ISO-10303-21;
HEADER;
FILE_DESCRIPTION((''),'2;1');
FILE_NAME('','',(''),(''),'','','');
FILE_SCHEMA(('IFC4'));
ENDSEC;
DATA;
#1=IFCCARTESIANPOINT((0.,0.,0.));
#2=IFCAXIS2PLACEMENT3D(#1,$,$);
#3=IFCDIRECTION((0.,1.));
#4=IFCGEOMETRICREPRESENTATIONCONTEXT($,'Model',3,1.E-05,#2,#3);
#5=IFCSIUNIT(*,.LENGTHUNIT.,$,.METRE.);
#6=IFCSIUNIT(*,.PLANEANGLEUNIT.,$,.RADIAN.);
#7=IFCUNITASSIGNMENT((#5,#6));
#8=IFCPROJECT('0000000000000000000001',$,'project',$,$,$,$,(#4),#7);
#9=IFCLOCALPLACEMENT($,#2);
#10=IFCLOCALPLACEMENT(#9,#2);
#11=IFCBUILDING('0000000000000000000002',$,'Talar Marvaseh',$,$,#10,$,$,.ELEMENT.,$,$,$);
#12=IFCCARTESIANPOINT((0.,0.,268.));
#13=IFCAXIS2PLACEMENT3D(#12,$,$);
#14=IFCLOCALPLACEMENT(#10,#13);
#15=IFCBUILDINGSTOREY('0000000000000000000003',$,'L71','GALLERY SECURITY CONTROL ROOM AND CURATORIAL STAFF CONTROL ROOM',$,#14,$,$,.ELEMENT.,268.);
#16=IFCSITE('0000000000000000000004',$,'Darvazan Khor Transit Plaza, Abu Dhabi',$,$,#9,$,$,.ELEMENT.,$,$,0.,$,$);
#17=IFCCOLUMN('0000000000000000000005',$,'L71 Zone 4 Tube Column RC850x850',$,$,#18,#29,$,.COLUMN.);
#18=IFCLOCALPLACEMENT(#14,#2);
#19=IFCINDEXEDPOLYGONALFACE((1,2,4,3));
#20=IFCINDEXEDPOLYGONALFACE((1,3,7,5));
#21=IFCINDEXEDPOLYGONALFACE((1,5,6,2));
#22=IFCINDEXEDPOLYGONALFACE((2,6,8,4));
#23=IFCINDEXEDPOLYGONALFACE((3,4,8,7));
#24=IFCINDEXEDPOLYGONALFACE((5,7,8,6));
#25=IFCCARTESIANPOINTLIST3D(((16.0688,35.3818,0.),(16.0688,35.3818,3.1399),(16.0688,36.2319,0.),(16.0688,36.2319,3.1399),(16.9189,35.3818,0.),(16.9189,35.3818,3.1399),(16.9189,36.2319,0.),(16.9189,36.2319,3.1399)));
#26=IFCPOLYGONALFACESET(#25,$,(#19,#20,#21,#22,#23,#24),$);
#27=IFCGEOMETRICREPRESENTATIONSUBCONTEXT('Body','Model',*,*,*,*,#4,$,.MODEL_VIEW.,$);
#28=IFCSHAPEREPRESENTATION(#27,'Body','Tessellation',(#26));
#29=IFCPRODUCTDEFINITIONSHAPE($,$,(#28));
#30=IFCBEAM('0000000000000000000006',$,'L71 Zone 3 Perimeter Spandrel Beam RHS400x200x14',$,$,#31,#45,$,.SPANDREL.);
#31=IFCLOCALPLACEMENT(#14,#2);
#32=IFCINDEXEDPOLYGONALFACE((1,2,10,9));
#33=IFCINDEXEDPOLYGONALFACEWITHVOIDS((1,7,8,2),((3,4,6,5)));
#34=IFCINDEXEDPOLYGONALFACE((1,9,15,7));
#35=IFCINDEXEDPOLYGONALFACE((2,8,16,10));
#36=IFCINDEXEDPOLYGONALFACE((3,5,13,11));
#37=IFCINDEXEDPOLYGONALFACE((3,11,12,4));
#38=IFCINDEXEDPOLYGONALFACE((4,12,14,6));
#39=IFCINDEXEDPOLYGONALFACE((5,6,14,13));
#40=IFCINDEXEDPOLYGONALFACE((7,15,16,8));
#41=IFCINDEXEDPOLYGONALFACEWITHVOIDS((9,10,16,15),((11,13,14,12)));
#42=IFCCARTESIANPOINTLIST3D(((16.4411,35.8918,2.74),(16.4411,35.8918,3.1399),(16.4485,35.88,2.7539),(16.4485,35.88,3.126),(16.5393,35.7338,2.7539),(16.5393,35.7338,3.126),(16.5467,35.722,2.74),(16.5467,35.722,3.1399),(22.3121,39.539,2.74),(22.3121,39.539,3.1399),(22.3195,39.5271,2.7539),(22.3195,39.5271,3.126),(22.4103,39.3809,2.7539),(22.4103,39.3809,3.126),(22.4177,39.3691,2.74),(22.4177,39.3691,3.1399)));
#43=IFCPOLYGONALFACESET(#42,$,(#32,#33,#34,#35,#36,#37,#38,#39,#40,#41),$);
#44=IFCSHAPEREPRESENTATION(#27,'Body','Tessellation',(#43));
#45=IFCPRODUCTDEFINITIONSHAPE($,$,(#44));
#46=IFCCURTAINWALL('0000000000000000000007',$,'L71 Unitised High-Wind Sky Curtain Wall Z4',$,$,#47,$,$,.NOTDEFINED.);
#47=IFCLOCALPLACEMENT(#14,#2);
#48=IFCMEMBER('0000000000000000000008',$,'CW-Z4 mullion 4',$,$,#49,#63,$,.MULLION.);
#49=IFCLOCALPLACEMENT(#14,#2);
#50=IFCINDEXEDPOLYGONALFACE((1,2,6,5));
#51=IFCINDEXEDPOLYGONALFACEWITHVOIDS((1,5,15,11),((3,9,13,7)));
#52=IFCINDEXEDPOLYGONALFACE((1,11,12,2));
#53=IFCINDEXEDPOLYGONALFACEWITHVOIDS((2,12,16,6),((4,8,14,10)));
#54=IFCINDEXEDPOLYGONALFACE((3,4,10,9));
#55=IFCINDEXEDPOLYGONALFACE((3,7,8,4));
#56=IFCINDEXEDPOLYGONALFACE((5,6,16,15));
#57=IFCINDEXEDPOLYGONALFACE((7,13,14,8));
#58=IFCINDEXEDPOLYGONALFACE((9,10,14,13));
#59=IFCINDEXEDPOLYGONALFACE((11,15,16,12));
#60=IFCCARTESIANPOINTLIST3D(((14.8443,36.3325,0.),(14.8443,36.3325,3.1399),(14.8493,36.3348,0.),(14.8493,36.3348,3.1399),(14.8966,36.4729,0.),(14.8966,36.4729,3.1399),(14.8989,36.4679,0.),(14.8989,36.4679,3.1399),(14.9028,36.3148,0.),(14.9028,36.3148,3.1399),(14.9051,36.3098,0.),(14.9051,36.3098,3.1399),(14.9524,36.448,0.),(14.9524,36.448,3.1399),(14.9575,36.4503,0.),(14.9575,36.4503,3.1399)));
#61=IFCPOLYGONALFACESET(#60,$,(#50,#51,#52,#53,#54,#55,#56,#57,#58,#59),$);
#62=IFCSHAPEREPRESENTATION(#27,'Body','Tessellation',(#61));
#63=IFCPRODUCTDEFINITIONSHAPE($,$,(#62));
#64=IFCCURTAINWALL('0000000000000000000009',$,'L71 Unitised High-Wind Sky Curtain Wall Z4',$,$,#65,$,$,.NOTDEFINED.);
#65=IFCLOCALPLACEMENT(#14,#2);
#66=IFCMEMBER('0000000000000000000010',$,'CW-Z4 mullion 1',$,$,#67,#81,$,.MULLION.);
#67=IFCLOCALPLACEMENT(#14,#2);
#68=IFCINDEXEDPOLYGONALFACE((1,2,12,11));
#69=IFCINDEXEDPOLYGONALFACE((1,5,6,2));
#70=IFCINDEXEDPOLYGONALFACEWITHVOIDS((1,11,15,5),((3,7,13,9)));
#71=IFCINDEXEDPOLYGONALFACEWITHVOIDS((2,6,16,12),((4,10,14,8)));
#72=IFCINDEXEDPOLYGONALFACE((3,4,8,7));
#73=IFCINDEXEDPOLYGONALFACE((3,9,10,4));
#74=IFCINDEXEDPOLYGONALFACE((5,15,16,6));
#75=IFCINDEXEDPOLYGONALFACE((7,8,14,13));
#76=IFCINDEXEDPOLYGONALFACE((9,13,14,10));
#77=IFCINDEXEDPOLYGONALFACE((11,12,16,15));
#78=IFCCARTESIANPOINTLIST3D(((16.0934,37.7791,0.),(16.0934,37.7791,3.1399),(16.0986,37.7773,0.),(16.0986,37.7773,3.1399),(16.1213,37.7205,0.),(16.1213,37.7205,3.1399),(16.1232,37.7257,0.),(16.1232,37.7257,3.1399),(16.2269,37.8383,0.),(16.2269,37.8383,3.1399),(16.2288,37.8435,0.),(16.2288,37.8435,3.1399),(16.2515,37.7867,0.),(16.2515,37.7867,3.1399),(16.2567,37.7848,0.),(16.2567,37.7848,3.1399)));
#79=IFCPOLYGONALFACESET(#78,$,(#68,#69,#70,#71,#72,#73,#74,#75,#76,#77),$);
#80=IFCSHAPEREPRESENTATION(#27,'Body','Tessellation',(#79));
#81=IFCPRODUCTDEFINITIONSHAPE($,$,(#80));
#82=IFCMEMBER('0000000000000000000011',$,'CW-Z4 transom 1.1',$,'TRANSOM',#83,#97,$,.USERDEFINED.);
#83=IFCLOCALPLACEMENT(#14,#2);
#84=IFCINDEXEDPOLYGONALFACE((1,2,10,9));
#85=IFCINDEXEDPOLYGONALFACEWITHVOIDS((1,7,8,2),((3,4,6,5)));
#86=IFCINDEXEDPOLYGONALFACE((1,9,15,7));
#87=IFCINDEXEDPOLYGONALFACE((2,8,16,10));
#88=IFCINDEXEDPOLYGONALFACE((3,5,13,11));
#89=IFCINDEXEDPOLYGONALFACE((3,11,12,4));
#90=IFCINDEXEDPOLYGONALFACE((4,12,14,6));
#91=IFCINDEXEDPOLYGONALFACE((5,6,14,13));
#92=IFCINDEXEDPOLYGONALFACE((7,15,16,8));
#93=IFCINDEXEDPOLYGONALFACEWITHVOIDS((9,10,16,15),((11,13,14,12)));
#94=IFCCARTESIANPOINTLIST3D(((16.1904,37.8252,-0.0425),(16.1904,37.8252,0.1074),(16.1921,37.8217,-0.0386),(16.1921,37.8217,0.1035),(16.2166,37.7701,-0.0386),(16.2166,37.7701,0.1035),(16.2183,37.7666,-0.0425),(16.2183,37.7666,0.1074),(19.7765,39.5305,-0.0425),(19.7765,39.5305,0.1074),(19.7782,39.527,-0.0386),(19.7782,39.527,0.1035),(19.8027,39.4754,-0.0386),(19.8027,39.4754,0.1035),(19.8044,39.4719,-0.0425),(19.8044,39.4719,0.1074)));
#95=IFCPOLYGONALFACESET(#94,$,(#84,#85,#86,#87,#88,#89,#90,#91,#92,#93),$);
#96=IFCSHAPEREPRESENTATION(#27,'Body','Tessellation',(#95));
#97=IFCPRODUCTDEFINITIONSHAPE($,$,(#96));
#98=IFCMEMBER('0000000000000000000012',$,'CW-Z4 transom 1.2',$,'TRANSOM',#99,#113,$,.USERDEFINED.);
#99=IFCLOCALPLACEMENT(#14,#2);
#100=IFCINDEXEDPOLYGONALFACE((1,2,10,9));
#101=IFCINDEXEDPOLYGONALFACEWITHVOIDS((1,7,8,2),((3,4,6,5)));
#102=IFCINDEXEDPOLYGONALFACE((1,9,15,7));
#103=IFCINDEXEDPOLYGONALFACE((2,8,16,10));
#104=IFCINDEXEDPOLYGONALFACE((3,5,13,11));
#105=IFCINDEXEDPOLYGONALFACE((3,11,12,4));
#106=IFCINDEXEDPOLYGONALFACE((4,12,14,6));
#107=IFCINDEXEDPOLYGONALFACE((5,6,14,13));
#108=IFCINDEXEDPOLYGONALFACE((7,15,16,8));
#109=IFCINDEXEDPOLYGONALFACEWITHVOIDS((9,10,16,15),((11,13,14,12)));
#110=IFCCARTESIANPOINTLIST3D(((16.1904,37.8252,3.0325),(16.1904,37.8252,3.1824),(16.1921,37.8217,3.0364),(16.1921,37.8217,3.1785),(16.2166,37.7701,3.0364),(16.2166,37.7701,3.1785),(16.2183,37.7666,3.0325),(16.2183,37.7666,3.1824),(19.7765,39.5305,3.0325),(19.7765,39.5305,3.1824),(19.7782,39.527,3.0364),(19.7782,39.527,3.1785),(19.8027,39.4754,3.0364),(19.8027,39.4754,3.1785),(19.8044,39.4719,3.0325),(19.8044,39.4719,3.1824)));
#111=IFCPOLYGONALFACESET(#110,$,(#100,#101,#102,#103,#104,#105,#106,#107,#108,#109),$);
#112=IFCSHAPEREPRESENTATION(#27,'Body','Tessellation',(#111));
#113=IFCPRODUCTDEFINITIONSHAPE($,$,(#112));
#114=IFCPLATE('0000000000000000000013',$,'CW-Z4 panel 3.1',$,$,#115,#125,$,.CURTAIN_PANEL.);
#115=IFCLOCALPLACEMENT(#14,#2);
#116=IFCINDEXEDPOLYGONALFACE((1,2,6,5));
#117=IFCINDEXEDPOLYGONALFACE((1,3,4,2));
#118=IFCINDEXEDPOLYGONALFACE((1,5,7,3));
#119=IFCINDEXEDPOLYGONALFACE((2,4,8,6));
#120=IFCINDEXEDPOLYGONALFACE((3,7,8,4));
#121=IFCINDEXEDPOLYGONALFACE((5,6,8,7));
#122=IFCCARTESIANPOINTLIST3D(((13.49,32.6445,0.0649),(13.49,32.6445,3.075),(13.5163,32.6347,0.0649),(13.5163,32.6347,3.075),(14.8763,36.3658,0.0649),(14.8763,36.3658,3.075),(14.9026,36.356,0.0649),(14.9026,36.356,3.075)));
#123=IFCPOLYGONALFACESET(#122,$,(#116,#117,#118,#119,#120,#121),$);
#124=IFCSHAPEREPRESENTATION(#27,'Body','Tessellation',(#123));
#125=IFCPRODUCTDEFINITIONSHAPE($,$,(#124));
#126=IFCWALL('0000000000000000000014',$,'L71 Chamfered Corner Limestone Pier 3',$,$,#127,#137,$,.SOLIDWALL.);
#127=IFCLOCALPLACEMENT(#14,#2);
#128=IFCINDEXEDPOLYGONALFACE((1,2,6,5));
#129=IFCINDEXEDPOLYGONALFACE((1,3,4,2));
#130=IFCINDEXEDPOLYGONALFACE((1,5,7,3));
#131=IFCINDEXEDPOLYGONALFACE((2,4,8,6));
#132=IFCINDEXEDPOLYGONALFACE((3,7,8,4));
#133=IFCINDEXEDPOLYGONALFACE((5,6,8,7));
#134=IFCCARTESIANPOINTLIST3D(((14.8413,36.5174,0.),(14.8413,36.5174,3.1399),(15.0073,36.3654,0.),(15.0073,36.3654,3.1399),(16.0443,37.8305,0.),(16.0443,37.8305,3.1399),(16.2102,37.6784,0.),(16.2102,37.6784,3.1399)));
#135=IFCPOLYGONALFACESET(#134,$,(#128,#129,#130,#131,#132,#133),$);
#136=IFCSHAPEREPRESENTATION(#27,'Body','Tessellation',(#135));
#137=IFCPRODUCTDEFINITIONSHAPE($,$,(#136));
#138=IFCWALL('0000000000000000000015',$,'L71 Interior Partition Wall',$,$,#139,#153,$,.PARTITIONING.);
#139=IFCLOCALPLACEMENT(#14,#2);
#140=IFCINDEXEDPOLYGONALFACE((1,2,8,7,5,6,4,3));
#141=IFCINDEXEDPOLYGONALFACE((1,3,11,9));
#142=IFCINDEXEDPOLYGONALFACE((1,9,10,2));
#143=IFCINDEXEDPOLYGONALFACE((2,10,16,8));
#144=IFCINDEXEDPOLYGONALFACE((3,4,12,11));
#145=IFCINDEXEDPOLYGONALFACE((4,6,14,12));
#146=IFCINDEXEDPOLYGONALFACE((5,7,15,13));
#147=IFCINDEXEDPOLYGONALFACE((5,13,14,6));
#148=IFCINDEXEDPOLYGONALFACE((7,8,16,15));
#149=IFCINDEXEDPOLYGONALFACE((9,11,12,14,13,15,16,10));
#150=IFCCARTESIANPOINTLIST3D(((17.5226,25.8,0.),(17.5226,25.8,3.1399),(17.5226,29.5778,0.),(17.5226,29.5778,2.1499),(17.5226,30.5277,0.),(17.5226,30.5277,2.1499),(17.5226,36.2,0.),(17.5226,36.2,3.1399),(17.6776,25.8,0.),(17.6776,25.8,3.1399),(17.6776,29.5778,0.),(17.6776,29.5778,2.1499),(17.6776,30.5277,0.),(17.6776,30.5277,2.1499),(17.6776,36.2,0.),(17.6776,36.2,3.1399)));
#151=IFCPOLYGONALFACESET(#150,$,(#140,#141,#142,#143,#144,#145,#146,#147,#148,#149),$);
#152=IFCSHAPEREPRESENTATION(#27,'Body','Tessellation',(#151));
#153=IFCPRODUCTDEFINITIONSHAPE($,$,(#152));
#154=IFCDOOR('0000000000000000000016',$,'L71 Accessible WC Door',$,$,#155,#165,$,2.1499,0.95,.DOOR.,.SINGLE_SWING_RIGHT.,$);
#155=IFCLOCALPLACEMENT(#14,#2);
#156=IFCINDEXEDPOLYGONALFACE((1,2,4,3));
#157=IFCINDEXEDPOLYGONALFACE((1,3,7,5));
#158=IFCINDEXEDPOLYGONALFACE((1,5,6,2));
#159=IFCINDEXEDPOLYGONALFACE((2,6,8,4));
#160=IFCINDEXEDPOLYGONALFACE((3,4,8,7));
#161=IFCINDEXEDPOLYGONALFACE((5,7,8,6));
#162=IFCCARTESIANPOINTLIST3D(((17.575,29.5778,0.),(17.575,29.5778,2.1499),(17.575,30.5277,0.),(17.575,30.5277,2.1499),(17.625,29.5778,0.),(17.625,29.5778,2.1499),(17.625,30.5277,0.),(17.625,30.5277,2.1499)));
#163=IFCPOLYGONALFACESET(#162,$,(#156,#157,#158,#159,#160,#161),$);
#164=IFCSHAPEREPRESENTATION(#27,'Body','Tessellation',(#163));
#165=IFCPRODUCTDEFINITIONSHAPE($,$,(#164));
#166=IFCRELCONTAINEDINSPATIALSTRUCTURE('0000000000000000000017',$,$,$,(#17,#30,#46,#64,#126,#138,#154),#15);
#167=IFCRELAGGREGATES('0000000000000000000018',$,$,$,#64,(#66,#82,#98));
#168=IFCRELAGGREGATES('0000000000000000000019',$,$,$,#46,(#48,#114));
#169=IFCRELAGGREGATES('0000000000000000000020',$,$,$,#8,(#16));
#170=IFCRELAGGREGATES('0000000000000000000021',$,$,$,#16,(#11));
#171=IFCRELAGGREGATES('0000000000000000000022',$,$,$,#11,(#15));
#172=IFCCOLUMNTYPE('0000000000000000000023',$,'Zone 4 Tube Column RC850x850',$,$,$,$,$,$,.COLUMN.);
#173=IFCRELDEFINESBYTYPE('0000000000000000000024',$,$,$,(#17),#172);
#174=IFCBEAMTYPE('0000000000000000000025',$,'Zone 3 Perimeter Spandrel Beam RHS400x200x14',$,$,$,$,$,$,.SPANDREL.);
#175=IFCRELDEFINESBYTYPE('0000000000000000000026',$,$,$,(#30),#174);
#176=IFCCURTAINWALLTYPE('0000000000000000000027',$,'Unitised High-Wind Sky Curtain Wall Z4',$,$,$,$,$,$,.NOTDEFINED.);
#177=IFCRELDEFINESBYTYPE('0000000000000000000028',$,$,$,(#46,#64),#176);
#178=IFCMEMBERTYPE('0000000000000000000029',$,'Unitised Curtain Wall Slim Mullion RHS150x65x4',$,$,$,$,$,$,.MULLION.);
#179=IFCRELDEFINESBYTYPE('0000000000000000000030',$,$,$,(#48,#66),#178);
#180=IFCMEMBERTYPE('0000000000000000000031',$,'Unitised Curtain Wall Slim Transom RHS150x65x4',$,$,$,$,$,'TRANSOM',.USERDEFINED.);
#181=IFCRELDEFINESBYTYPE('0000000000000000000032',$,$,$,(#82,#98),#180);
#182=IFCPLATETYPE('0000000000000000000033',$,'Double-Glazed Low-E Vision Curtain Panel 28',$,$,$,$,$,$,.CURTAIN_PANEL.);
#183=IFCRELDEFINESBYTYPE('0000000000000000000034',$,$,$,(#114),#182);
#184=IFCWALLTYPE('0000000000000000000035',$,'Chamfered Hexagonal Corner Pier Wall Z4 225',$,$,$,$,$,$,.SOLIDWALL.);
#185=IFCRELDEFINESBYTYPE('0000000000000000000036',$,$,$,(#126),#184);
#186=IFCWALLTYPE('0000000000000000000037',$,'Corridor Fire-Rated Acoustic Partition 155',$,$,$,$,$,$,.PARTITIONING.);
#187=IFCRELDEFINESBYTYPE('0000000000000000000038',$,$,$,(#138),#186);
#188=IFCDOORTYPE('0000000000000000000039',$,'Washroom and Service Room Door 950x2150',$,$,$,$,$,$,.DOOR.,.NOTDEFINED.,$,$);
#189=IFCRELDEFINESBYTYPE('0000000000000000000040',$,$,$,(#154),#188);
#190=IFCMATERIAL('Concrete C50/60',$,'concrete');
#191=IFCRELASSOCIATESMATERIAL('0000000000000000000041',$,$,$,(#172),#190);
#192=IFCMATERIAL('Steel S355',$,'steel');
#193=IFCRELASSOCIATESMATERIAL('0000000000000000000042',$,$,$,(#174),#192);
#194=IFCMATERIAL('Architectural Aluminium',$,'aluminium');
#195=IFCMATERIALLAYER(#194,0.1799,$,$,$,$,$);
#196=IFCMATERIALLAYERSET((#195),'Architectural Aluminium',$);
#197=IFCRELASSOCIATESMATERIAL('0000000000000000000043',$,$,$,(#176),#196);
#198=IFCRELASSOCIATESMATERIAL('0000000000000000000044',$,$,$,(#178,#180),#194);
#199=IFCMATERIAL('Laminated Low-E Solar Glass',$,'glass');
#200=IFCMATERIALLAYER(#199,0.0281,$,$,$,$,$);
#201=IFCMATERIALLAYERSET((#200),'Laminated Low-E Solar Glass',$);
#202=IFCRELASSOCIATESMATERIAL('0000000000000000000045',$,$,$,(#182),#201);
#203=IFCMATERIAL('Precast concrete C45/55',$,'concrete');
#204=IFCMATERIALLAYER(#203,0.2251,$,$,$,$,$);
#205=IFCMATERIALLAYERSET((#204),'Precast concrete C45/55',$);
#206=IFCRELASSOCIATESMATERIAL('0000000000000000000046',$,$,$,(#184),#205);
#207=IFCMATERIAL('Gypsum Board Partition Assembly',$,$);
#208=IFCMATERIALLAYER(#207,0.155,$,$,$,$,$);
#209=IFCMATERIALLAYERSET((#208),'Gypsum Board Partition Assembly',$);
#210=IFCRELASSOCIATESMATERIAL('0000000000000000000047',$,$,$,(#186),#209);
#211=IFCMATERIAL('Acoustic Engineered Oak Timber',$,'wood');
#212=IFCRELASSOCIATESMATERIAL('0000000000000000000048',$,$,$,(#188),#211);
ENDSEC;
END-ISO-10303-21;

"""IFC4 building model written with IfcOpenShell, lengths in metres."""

from ifc_helpers import new_model, si_unit, direction, frame, frame_2d, origin, origin_2d, place, context, subcontext, project, spatial, rectangle, hollow_rectangle, extrude, source, transform, mapped, material, layer, layer_set, material_profile, profile_set, type_object, type_shapes, element, fill, aggregate, save


model = new_model("IFC4")

# Units and contexts
model_context = context("Model", 3, precision=1e-05, world=origin(), true_north=direction((0.0, 1.0)))
body_context = subcontext(model_context, "Body", "Model", "MODEL_VIEW")
ifc_project = project(units=[si_unit("LENGTHUNIT", "METRE"), si_unit("PLANEANGLEUNIT", "RADIAN")], contexts=[model_context])

# Site, building, storey
site_placement = place(None, origin())
site = spatial("IfcSite", under=ifc_project, at=site_placement, Name="Darvazan Khor Transit Plaza, Abu Dhabi", CompositionType="ELEMENT", RefElevation=0.0)
building_placement = place(site_placement, origin())
building = spatial("IfcBuilding", under=site, at=building_placement, Name="Talar Marvaseh", CompositionType="ELEMENT")
storey_placement = place(building_placement, frame((0.0, 0.0, 268.0)))
storey = spatial("IfcBuildingStorey", under=building, at=storey_placement, Name="L71", Description="GALLERY SECURITY CONTROL ROOM AND CURATORIAL STAFF CONTROL ROOM", CompositionType="ELEMENT", Elevation=268.0)

# Column
ifc_material_1 = material(Name="Concrete C50/60", Category="concrete")
ifc_material_profile_1 = material_profile(ifc_material_1, rectangle(XDim=0.8501, YDim=0.8501, at=origin_2d()), Name="RC850x850")
ifc_profile_set_1 = profile_set([ifc_material_profile_1], Name="Concrete C50/60")
column_type = type_object("IfcColumnType", Name="Zone 4 Tube Column RC850x850", PredefinedType="COLUMN", material=ifc_profile_set_1)
column_placement = place(storey_placement, frame((16.4939, 35.8069, 0.0), z_axis=(0.0, 0.0, 1.0), x_axis=(1.0, 0.0, 0.0)))
element("IfcColumn", 1, at=column_placement, inside=storey, type_object=column_type, Name="L71 Zone 4 Tube Column RC850x850", PredefinedType="COLUMN", context=body_context, shape_type="SweptSolid", body=[
    extrude(rectangle(XDim=0.8501, YDim=0.8501, at=origin_2d()), origin(), (0.0, 0.0, 1.0), 3.1399),
])

# Beam
ifc_material_2 = material(Name="Steel S355", Category="steel")
ifc_material_profile_2 = material_profile(ifc_material_2, hollow_rectangle(XDim=0.2, YDim=0.3999, WallThickness=0.0139, at=origin_2d()), Name="RHS400x200x14")
ifc_profile_set_2 = profile_set([ifc_material_profile_2], Name="Steel S355")
beam_type = type_object("IfcBeamType", Name="Zone 3 Perimeter Spandrel Beam RHS400x200x14", PredefinedType="SPANDREL", material=ifc_profile_set_2)
beam_placement = place(storey_placement, frame((16.4939, 35.8069, 2.9399), z_axis=(0.84944, 0.527686, 0.0), x_axis=(-0.527686, 0.84944, 0.0)))
element("IfcBeam", 2, at=beam_placement, inside=storey, type_object=beam_type, Name="L71 Zone 3 Perimeter Spandrel Beam RHS400x200x14", PredefinedType="SPANDREL", context=body_context, shape_type="SweptSolid", body=[
    extrude(hollow_rectangle(XDim=0.2, YDim=0.3999, WallThickness=0.0139, at=origin_2d()), origin(), (0.0, 0.0, 1.0), 6.9116),
])

# Curtain wall, member
ifc_material_3 = material(Name="Architectural Aluminium", Category="aluminium")
ifc_layer_1 = layer(ifc_material_3, 0.1799)
ifc_layer_set_1 = layer_set([ifc_layer_1], Name="Architectural Aluminium")
curtain_wall_type = type_object("IfcCurtainWallType", Name="Unitised High-Wind Sky Curtain Wall Z4", PredefinedType="NOTDEFINED", material=ifc_layer_set_1)
curtain_wall_1_placement = place(storey_placement, origin())
curtain_wall_1 = element("IfcCurtainWall", 3, at=curtain_wall_1_placement, inside=storey, type_object=curtain_wall_type, Name="L71 Unitised High-Wind Sky Curtain Wall Z4", PredefinedType="NOTDEFINED")
ifc_material_profile_3 = material_profile(ifc_material_3, hollow_rectangle(XDim=0.0649, YDim=0.1499, WallThickness=0.0039, at=origin_2d()), Name="RHS150x65x4")
ifc_profile_set_3 = profile_set([ifc_material_profile_3], Name="Architectural Aluminium")
member_type_1 = type_object("IfcMemberType", Name="Unitised Curtain Wall Slim Mullion RHS150x65x4", PredefinedType="MULLION", material=ifc_profile_set_3)
shared_shape_1 = source(origin(), body_context, "Body", "SweptSolid", [
    extrude(hollow_rectangle(XDim=0.0649, YDim=0.1499, WallThickness=0.0039, at=origin_2d()), origin(), (0.0, 0.0, 1.0), 3.1399),
])
type_shapes(member_type_1, [shared_shape_1])
member_1_placement = place(storey_placement, frame((14.9009, 36.3914, 0.0), z_axis=(0.0, 0.0, 1.0), x_axis=(-0.937088, 0.349094, 0.0)))
member_1 = element("IfcMember", 4, at=member_1_placement, type_object=member_type_1, Name="CW-Z4 mullion 4", PredefinedType="MULLION", context=body_context, shape_type="MappedRepresentation", body=[
    mapped(shared_shape_1, transform((0.0, 0.0, 0.0), x_axis=(1.0, 0.0, 0.0), y_axis=(0.0, 1.0, 0.0), z_axis=(0.0, 0.0, 1.0), scale=1.0)),
])

# Curtain wall, members
curtain_wall_2_placement = place(storey_placement, origin())
curtain_wall_2 = element("IfcCurtainWall", 5, at=curtain_wall_2_placement, inside=storey, type_object=curtain_wall_type, Name="L71 Unitised High-Wind Sky Curtain Wall Z4", PredefinedType="NOTDEFINED")
member_2_placement = place(storey_placement, frame((16.175, 37.782, 0.0), z_axis=(0.0, 0.0, 1.0), x_axis=(-0.42944, 0.903096, 0.0)))
member_2 = element("IfcMember", 6, at=member_2_placement, type_object=member_type_1, Name="CW-Z4 mullion 1", PredefinedType="MULLION", context=body_context, shape_type="MappedRepresentation", body=[
    mapped(shared_shape_1, transform((0.0, 0.0, 0.0), x_axis=(1.0, 0.0, 0.0), y_axis=(0.0, 1.0, 0.0), z_axis=(0.0, 0.0, 1.0), scale=1.0)),
])
ifc_material_profile_4 = material_profile(ifc_material_3, hollow_rectangle(XDim=0.0649, YDim=0.1499, WallThickness=0.0039, at=origin_2d()), Name="RHS150x65x4")
ifc_profile_set_4 = profile_set([ifc_material_profile_4], Name="Architectural Aluminium")
member_type_2 = type_object("IfcMemberType", Name="Unitised Curtain Wall Slim Transom RHS150x65x4", ElementType="TRANSOM", PredefinedType="USERDEFINED", material=ifc_profile_set_4)
shared_shape_2 = source(origin(), body_context, "Body", "SweptSolid", [
    extrude(hollow_rectangle(XDim=0.0649, YDim=0.1499, WallThickness=0.0039, at=origin_2d()), origin(), (0.0, 0.0, 1.0), 3.9709),
])
type_shapes(member_type_2, [shared_shape_2])
member_3_placement = place(storey_placement, frame((16.2043, 37.7959, 0.0325), z_axis=(0.903093, 0.429444, 0.0), x_axis=(-0.429444, 0.903093, 0.0)))
member_3 = element("IfcMember", 7, at=member_3_placement, type_object=member_type_2, Name="CW-Z4 transom 1.1", ObjectType="TRANSOM", PredefinedType="USERDEFINED", context=body_context, shape_type="MappedRepresentation", body=[
    mapped(shared_shape_2, transform((0.0, 0.0, 0.0), x_axis=(1.0, 0.0, 0.0), y_axis=(0.0, 1.0, 0.0), z_axis=(0.0, 0.0, 1.0), scale=1.0)),
])
member_4_placement = place(storey_placement, frame((16.2043, 37.7959, 3.1074), z_axis=(0.903093, 0.429444, 0.0), x_axis=(-0.429444, 0.903093, 0.0)))
member_4 = element("IfcMember", 8, at=member_4_placement, type_object=member_type_2, Name="CW-Z4 transom 1.2", ObjectType="TRANSOM", PredefinedType="USERDEFINED", context=body_context, shape_type="MappedRepresentation", body=[
    mapped(shared_shape_2, transform((0.0, 0.0, 0.0), x_axis=(1.0, 0.0, 0.0), y_axis=(0.0, 1.0, 0.0), z_axis=(0.0, 0.0, 1.0), scale=1.0)),
])
aggregate(curtain_wall_2, [member_2, member_3, member_4])

# Plate
ifc_material_4 = material(Name="Laminated Low-E Solar Glass", Category="glass")
ifc_layer_2 = layer(ifc_material_4, 0.0281)
ifc_layer_set_2 = layer_set([ifc_layer_2], Name="Laminated Low-E Solar Glass")
plate_type = type_object("IfcPlateType", Name="Double-Glazed Low-E Vision Curtain Panel 28", PredefinedType="CURTAIN_PANEL", material=ifc_layer_set_2)
shared_shape_3 = source(origin(), body_context, "Body", "SweptSolid", [
    extrude(rectangle(XDim=3.9712, YDim=0.0281, at=origin_2d()), origin(), (0.0, 0.0, 1.0), 3.01),
])
type_shapes(plate_type, [shared_shape_3])
plate_placement = place(storey_placement, frame((14.1963, 34.5002, 0.0649), z_axis=(0.0, 0.0, 1.0), x_axis=(0.349094, 0.937088, 0.0)))
plate = element("IfcPlate", 9, at=plate_placement, type_object=plate_type, Name="CW-Z4 panel 3.1", PredefinedType="CURTAIN_PANEL", context=body_context, shape_type="MappedRepresentation", body=[
    mapped(shared_shape_3, transform((0.0, 0.0, 0.0), x_axis=(1.0, 0.0, 0.0), y_axis=(0.0, 1.0, 0.0), z_axis=(0.0, 0.0, 1.0), scale=1.0)),
])
aggregate(curtain_wall_1, [member_1, plate])

# Wall
ifc_material_5 = material(Name="Precast concrete C45/55", Category="concrete")
ifc_layer_3 = layer(ifc_material_5, 0.2251)
ifc_layer_set_3 = layer_set([ifc_layer_3], Name="Precast concrete C45/55")
wall_type_1 = type_object("IfcWallType", Name="Chamfered Hexagonal Corner Pier Wall Z4 225", PredefinedType="SOLIDWALL", material=ifc_layer_set_3)
wall_1_placement = place(storey_placement, frame((14.9243, 36.4414, 0.0), z_axis=(0.0, 0.0, 1.0), x_axis=(0.675514, 0.737348, 0.0)))
element("IfcWall", 10, at=wall_1_placement, inside=storey, type_object=wall_type_1, Name="L71 Chamfered Corner Limestone Pier 3", PredefinedType="SOLIDWALL", context=body_context, shape_type="SweptSolid", body=[
    extrude(rectangle(XDim=1.7808, YDim=0.2251, at=frame_2d((0.8904, 0.0))), origin(), (0.0, 0.0, 1.0), 3.1399),
])

# Wall, opening, door
ifc_material_6 = material(Name="Gypsum Board Partition Assembly")
ifc_layer_4 = layer(ifc_material_6, 0.155)
ifc_layer_set_4 = layer_set([ifc_layer_4], Name="Gypsum Board Partition Assembly")
wall_type_2 = type_object("IfcWallType", Name="Corridor Fire-Rated Acoustic Partition 155", PredefinedType="PARTITIONING", material=ifc_layer_set_4)
wall_2_placement = place(storey_placement, frame((17.6001, 36.2, 0.0), z_axis=(0.0, 0.0, 1.0), x_axis=(0.0, -1.0, 0.0)))
wall_2 = element("IfcWall", 11, at=wall_2_placement, inside=storey, type_object=wall_type_2, Name="L71 Interior Partition Wall", PredefinedType="PARTITIONING", context=body_context, shape_type="SweptSolid", body=[
    extrude(rectangle(XDim=10.3999, YDim=0.155, at=frame_2d((5.2, 0.0))), origin(), (0.0, 0.0, 1.0), 3.1399),
])
opening_placement = place(wall_2_placement, frame((5.6721, 0.0, 0.0)))
opening = element("IfcOpeningElement", 12, at=opening_placement, cuts=wall_2, PredefinedType="OPENING", context=body_context, shape_type="SweptSolid", body=[
    extrude(rectangle(XDim=0.95, YDim=2.1499, at=frame_2d((0.4751, 1.075))), frame((0.0, 0.0874, 0.0), z_axis=(0.0, -1.0, 0.0), x_axis=(1.0, 0.0, 0.0)), (0.0, 0.0, 1.0), 0.175),
])
ifc_material_7 = material(Name="Acoustic Engineered Oak Timber", Category="wood")
door_type = type_object("IfcDoorType", Name="Washroom and Service Room Door 950x2150", OperationType="NOTDEFINED", PredefinedType="DOOR", material=ifc_material_7)
shared_shape_4 = source(origin(), body_context, "Body", "SweptSolid", [
    extrude(rectangle(XDim=0.95, YDim=2.1499, at=frame_2d((0.4751, 1.075))), frame((0.0, 0.0249, 0.0), z_axis=(0.0, -1.0, 0.0), x_axis=(1.0, 0.0, 0.0)), (0.0, 0.0, 1.0), 0.05),
])
type_shapes(door_type, [shared_shape_4])
door_placement = place(opening_placement, origin())
door = element("IfcDoor", 13, at=door_placement, inside=storey, type_object=door_type, Name="L71 Accessible WC Door", OperationType="SINGLE_SWING_RIGHT", OverallHeight=2.1499, OverallWidth=0.95, PredefinedType="DOOR", context=body_context, shape_type="MappedRepresentation", body=[
    mapped(shared_shape_4, transform((0.0, 0.0, 0.0), x_axis=(1.0, 0.0, 0.0), y_axis=(0.0, 1.0, 0.0), z_axis=(0.0, 0.0, 1.0), scale=1.0)),
])
fill(opening, door)

save(model, "model.ifc")
